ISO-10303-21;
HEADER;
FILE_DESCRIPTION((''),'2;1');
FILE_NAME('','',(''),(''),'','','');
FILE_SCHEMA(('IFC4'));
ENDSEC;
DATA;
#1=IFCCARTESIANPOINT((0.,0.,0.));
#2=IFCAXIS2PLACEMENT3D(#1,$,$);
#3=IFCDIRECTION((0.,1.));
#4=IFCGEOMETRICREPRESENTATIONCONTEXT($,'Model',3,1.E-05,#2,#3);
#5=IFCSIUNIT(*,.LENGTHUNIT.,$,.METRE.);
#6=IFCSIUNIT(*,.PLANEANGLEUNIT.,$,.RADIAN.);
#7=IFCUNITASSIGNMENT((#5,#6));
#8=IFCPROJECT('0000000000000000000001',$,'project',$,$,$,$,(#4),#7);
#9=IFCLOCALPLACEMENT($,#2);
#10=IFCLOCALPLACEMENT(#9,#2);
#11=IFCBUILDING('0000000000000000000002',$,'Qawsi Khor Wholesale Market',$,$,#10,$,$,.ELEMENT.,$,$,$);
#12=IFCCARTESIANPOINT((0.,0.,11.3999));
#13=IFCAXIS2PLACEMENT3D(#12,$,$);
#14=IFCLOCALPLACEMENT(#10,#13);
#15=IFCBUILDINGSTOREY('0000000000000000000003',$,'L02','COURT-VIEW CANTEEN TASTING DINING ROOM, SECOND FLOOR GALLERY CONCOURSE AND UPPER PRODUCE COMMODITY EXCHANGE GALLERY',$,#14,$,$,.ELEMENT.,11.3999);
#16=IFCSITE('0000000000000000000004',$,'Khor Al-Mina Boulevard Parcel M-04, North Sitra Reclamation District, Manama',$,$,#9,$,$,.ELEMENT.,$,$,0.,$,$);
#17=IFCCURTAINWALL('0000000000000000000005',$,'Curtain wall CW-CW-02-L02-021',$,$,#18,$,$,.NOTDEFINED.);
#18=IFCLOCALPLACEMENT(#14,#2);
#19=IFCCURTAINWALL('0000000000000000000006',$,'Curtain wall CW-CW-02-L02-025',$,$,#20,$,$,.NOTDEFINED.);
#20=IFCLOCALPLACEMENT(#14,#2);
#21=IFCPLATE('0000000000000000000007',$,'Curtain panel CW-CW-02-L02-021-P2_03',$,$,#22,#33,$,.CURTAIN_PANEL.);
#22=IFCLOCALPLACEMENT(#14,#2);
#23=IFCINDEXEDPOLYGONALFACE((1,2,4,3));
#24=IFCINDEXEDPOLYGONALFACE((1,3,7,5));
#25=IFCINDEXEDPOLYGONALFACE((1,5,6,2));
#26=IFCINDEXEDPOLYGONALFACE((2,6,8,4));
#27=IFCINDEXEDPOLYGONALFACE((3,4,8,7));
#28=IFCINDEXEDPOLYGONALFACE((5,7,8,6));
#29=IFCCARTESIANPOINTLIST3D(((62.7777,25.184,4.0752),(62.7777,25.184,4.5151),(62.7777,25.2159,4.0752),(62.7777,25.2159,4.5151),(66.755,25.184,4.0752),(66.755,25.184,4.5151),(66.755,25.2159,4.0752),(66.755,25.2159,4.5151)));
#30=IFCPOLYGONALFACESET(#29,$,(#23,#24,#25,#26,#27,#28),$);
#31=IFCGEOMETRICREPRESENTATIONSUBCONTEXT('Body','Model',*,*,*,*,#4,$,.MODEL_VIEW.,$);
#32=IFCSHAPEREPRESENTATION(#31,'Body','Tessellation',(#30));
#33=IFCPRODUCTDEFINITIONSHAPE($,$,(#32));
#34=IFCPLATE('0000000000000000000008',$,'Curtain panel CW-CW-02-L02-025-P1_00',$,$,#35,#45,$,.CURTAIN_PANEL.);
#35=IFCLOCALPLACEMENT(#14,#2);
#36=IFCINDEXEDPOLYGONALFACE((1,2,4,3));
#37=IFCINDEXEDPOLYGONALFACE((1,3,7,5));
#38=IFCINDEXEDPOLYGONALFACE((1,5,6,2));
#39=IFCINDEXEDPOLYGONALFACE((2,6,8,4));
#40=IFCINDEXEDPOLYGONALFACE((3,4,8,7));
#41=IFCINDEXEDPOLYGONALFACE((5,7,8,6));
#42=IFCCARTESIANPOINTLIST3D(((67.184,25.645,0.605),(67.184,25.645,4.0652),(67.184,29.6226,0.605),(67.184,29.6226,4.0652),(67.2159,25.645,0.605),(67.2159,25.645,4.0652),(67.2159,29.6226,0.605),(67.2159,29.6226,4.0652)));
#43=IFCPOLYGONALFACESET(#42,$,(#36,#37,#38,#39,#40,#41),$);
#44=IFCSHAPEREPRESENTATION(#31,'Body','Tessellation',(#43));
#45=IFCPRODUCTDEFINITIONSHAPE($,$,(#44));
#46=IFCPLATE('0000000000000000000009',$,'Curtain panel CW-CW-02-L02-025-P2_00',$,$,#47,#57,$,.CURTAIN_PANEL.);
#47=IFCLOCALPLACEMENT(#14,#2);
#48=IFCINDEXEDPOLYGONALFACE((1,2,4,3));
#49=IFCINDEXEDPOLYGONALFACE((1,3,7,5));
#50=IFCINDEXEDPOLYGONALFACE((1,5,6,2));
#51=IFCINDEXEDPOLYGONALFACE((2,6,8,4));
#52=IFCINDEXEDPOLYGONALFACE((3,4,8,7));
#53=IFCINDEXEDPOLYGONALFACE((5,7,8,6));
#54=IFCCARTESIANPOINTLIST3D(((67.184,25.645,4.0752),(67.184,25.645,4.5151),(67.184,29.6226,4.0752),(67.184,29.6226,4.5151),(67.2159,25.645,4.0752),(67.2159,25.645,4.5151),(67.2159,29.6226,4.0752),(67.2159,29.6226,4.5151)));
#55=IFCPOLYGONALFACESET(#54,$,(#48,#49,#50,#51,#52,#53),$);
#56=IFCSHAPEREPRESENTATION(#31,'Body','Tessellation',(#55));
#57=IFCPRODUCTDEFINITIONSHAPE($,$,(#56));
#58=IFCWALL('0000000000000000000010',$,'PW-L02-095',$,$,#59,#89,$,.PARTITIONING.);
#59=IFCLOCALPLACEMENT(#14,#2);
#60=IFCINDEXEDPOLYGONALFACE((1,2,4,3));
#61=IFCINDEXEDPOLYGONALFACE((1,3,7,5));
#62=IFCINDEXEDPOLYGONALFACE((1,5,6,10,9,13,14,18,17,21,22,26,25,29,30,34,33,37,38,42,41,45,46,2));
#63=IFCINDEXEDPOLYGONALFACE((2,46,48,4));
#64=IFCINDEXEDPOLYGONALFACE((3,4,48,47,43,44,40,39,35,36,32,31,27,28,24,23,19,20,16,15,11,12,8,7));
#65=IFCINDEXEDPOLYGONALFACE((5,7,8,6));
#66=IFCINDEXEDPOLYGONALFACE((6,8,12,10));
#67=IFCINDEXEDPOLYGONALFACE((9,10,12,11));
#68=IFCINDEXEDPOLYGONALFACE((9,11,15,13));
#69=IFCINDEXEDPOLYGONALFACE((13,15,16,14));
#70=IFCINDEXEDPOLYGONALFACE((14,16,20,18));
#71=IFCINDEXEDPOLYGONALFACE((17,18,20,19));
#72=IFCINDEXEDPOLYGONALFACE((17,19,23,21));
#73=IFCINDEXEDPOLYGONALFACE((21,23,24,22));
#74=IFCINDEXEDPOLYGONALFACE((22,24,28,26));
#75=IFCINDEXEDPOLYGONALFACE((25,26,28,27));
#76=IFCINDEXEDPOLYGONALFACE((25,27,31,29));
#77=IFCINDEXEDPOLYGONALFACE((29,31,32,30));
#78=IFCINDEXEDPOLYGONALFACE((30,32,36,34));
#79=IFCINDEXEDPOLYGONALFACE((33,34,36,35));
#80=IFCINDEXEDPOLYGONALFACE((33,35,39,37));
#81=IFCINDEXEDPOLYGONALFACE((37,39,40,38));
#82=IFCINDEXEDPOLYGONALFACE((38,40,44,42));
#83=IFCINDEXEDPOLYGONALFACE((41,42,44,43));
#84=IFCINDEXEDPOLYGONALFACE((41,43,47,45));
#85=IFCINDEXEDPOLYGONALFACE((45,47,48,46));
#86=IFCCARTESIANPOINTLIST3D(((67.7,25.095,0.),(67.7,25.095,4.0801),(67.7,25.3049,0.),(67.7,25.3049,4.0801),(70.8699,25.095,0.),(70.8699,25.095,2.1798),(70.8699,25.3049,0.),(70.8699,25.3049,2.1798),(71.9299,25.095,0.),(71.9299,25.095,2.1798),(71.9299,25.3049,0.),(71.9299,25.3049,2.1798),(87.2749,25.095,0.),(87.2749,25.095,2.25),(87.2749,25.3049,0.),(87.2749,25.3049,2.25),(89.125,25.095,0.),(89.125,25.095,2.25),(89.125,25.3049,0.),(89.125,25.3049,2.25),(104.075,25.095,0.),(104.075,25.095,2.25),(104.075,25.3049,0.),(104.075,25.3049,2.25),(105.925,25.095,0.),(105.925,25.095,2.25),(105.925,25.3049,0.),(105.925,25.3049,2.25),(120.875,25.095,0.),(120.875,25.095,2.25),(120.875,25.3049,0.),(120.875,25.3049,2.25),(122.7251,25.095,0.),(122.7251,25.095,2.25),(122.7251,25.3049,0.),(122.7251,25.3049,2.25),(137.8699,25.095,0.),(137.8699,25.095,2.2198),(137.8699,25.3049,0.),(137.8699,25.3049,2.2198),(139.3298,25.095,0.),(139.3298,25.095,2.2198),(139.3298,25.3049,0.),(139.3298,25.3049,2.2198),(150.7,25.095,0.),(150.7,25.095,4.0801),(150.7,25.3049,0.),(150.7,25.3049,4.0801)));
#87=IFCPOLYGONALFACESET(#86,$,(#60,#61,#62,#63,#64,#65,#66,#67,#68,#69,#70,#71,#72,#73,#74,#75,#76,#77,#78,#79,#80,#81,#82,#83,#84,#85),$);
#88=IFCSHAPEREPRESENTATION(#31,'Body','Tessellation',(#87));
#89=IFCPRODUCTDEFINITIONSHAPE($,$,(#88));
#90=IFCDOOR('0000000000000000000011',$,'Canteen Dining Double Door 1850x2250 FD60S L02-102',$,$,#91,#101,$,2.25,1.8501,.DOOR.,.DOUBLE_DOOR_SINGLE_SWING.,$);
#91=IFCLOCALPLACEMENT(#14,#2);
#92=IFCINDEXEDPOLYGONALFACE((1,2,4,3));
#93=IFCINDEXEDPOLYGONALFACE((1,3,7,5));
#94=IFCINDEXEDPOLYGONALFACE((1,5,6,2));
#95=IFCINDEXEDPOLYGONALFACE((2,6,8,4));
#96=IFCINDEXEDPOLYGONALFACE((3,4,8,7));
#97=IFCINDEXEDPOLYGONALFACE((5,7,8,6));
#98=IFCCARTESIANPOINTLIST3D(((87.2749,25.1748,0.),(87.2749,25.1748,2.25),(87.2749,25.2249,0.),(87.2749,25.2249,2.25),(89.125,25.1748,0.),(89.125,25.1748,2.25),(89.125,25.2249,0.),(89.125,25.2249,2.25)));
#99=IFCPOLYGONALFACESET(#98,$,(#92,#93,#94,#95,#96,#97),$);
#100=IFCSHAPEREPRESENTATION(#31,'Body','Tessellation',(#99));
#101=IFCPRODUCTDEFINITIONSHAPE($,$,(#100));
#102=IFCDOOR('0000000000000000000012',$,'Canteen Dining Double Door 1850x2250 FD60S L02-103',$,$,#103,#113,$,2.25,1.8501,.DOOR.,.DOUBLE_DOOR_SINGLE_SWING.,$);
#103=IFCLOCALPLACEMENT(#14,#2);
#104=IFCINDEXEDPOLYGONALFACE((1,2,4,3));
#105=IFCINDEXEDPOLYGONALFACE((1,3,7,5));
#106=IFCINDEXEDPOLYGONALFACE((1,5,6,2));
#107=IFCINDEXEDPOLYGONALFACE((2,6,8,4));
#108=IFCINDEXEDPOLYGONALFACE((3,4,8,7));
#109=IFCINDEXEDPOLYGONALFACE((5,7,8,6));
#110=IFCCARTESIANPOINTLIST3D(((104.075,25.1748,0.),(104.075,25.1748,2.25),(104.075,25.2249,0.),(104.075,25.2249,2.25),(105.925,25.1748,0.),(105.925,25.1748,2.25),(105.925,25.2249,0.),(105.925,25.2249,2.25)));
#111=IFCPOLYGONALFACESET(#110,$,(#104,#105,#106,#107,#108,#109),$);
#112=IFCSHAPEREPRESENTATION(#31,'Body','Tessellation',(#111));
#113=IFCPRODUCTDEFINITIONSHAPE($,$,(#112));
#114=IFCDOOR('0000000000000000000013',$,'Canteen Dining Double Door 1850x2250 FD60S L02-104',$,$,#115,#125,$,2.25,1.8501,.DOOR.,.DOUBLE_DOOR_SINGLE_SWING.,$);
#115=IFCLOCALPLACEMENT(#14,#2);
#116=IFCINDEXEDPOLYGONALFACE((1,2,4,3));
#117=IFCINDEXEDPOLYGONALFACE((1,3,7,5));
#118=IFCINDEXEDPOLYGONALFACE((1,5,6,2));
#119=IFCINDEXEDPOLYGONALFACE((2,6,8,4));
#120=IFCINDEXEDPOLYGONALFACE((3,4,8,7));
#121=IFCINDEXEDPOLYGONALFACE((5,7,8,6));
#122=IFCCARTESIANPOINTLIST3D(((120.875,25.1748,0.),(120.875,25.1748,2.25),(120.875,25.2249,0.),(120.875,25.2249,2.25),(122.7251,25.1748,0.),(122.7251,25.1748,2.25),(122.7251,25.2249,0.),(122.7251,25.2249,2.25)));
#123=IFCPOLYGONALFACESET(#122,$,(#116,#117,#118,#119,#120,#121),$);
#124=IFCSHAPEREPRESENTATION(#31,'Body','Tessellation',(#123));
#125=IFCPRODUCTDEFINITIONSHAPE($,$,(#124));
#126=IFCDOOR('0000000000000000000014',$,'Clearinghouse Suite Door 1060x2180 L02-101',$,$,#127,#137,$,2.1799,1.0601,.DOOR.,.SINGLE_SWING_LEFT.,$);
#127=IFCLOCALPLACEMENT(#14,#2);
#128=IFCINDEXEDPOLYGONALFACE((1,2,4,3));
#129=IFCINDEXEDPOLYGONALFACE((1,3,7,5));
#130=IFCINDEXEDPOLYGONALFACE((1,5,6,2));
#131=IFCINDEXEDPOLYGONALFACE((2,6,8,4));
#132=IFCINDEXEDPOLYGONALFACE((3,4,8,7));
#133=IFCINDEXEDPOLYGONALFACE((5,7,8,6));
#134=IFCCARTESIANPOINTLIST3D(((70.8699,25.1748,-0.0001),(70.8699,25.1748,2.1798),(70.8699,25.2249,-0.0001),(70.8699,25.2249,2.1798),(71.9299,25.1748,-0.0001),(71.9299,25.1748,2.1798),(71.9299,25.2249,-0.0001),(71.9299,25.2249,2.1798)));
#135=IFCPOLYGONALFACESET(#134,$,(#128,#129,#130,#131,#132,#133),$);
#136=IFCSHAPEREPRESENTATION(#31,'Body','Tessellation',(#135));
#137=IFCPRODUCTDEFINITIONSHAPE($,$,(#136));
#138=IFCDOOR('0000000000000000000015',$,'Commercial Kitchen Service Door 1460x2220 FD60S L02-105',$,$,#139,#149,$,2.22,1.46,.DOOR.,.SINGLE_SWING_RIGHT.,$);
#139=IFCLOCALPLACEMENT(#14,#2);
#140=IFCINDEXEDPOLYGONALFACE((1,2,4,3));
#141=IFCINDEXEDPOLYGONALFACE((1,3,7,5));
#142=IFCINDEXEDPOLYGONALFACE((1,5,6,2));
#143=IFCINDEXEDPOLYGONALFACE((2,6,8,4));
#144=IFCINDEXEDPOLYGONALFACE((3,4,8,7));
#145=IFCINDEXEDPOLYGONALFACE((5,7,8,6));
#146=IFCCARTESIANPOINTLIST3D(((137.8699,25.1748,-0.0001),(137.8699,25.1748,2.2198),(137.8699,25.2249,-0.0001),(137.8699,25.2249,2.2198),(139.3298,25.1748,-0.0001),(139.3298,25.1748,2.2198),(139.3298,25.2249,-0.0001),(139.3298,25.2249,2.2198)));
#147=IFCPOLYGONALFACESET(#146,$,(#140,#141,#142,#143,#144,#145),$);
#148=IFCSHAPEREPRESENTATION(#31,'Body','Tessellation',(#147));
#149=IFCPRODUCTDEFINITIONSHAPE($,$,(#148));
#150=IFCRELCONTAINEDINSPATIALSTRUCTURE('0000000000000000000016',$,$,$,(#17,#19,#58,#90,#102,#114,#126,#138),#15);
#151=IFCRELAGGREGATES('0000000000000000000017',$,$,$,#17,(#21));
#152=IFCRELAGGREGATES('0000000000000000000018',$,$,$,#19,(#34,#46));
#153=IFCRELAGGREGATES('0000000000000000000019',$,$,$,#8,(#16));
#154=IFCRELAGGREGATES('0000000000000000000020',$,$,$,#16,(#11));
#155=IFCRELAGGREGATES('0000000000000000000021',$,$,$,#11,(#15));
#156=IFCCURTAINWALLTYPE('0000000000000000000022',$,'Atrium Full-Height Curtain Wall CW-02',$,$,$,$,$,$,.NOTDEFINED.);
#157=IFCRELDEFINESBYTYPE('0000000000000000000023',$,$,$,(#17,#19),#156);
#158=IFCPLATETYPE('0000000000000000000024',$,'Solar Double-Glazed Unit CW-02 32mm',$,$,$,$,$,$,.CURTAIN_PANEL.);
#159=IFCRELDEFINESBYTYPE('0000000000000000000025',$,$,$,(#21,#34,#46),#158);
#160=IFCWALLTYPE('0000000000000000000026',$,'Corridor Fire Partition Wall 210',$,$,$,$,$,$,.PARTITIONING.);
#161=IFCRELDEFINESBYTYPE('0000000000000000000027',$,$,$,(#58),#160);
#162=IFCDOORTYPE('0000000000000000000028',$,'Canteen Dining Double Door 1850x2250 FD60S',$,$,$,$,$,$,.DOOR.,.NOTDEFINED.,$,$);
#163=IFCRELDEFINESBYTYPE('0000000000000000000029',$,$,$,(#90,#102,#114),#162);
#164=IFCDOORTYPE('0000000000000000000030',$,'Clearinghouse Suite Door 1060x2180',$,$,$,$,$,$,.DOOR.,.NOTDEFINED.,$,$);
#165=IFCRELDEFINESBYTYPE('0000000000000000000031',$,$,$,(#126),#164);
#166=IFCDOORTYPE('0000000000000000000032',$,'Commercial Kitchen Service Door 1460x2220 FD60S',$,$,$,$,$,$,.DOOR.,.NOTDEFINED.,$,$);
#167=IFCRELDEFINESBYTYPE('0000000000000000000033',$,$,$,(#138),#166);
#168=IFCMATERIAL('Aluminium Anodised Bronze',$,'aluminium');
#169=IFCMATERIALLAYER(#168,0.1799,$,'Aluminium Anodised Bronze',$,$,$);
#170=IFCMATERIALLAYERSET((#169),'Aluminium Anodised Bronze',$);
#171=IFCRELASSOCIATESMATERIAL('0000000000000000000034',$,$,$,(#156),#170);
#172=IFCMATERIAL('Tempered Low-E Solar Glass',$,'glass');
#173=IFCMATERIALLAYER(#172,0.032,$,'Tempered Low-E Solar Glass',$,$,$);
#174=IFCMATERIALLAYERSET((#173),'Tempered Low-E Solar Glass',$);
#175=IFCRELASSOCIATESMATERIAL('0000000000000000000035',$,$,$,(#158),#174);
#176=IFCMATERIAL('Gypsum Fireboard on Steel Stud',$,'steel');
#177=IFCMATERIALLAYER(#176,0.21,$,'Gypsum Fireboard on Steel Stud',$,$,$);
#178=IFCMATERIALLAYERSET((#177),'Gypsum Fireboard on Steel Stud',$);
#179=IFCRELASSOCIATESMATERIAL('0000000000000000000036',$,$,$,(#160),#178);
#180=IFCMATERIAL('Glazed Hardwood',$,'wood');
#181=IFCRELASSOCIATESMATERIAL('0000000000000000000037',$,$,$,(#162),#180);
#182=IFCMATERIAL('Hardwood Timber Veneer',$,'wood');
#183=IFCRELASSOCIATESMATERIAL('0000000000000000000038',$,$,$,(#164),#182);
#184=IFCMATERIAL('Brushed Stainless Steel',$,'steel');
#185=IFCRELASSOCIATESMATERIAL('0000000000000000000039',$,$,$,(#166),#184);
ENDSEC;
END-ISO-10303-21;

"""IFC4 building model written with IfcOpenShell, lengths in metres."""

from ifc_helpers import new_model, si_unit, direction, frame, frame_2d, origin, place, context, subcontext, project, spatial, rectangle, extrude, material, layer, layer_set, type_object, element, fill, aggregate, save


model = new_model("IFC4")

# Units and contexts
model_context = context("Model", 3, precision=1e-05, world=origin(), true_north=direction((0.0, 1.0)))
body_context = subcontext(model_context, "Body", "Model", "MODEL_VIEW")
ifc_project = project(units=[si_unit("LENGTHUNIT", "METRE"), si_unit("PLANEANGLEUNIT", "RADIAN")], contexts=[model_context])

# Site, building, storey
site_placement = place(None, origin())
site = spatial("IfcSite", under=ifc_project, at=site_placement, Name="Khor Al-Mina Boulevard Parcel M-04, North Sitra Reclamation District, Manama", CompositionType="ELEMENT", RefElevation=0.0)
building_placement = place(site_placement, origin())
building = spatial("IfcBuilding", under=site, at=building_placement, Name="Qawsi Khor Wholesale Market", CompositionType="ELEMENT")
storey_placement = place(building_placement, frame((0.0, 0.0, 11.3999)))
storey = spatial("IfcBuildingStorey", under=building, at=storey_placement, Name="L02", Description="COURT-VIEW CANTEEN TASTING DINING ROOM, SECOND FLOOR GALLERY CONCOURSE AND UPPER PRODUCE COMMODITY EXCHANGE GALLERY", CompositionType="ELEMENT", Elevation=11.3999)

# Curtain wall
ifc_material_1 = material(Name="Aluminium Anodised Bronze", Category="aluminium")
ifc_layer_1 = layer(ifc_material_1, 0.1799, Name="Aluminium Anodised Bronze")
ifc_layer_set_1 = layer_set([ifc_layer_1], Name="Aluminium Anodised Bronze")
curtain_wall_type = type_object("IfcCurtainWallType", Name="Atrium Full-Height Curtain Wall CW-02", PredefinedType="NOTDEFINED", material=ifc_layer_set_1)
curtain_wall_1_placement = place(storey_placement, origin())
curtain_wall_1 = element("IfcCurtainWall", 1, at=curtain_wall_1_placement, inside=storey, type_object=curtain_wall_type, Name="Curtain wall CW-CW-02-L02-021", PredefinedType="NOTDEFINED")

# Curtain wall
curtain_wall_2_placement = place(storey_placement, origin())
curtain_wall_2 = element("IfcCurtainWall", 2, at=curtain_wall_2_placement, inside=storey, type_object=curtain_wall_type, Name="Curtain wall CW-CW-02-L02-025", PredefinedType="NOTDEFINED")

# Plates
ifc_material_2 = material(Name="Tempered Low-E Solar Glass", Category="glass")
ifc_layer_2 = layer(ifc_material_2, 0.032, Name="Tempered Low-E Solar Glass")
ifc_layer_set_2 = layer_set([ifc_layer_2], Name="Tempered Low-E Solar Glass")
plate_type_1 = type_object("IfcPlateType", Name="Solar Double-Glazed Unit CW-02 32mm", PredefinedType="CURTAIN_PANEL", material=ifc_layer_set_2)
plate_1_placement = place(storey_placement, frame((62.7776, 25.2, 4.0752), z_axis=(0.0, 0.0, 1.0), x_axis=(1.0, 0.0, 0.0)))
plate_1 = element("IfcPlate", 3, at=plate_1_placement, type_object=plate_type_1, Name="Curtain panel CW-CW-02-L02-021-P2_03", PredefinedType="CURTAIN_PANEL", context=body_context, shape_type="SweptSolid", body=[
    extrude(rectangle(XDim=3.9773, YDim=0.032, at=frame_2d((1.9888, 0.0))), origin(), (0.0, 0.0, 1.0), 0.4399),
])
aggregate(curtain_wall_1, [plate_1])
plate_2_placement = place(storey_placement, frame((67.2, 25.645, 0.605), z_axis=(0.0, 0.0, 1.0), x_axis=(0.0, 1.0, 0.0)))
plate_2 = element("IfcPlate", 4, at=plate_2_placement, type_object=plate_type_1, Name="Curtain panel CW-CW-02-L02-025-P1_00", PredefinedType="CURTAIN_PANEL", context=body_context, shape_type="SweptSolid", body=[
    extrude(rectangle(XDim=3.9775, YDim=0.032, at=frame_2d((1.9888, 0.0))), origin(), (0.0, 0.0, 1.0), 3.4602),
])
plate_3_placement = place(storey_placement, frame((67.2, 25.645, 4.0752), z_axis=(0.0, 0.0, 1.0), x_axis=(0.0, 1.0, 0.0)))
plate_3 = element("IfcPlate", 5, at=plate_3_placement, type_object=plate_type_1, Name="Curtain panel CW-CW-02-L02-025-P2_00", PredefinedType="CURTAIN_PANEL", context=body_context, shape_type="SweptSolid", body=[
    extrude(rectangle(XDim=3.9775, YDim=0.032, at=frame_2d((1.9888, 0.0))), origin(), (0.0, 0.0, 1.0), 0.4399),
])
aggregate(curtain_wall_2, [plate_2, plate_3])

# Wall, openings, doors
ifc_material_3 = material(Name="Gypsum Fireboard on Steel Stud", Category="steel")
ifc_layer_3 = layer(ifc_material_3, 0.21, Name="Gypsum Fireboard on Steel Stud")
ifc_layer_set_3 = layer_set([ifc_layer_3], Name="Gypsum Fireboard on Steel Stud")
wall_type = type_object("IfcWallType", Name="Corridor Fire Partition Wall 210", PredefinedType="PARTITIONING", material=ifc_layer_set_3)
wall_placement = place(storey_placement, frame((67.7, 25.2, 0.0), z_axis=(0.0, 0.0, 1.0), x_axis=(1.0, 0.0, 0.0)))
wall = element("IfcWall", 6, at=wall_placement, inside=storey, type_object=wall_type, Name="PW-L02-095", PredefinedType="PARTITIONING", context=body_context, shape_type="SweptSolid", body=[
    extrude(rectangle(XDim=83.0, YDim=0.21, at=frame_2d((41.5, 0.0))), origin(), (0.0, 0.0, 1.0), 4.0801),
])
opening_1_placement = place(wall_placement, frame((3.1699, 0.0, 0.0)))
opening_1 = element("IfcOpeningElement", 7, at=opening_1_placement, cuts=wall, PredefinedType="OPENING", context=body_context, shape_type="SweptSolid", body=[
    extrude(rectangle(XDim=1.0601, YDim=2.1799, at=frame_2d((0.53, 1.0898))), frame((0.0, 0.115, 0.0), z_axis=(0.0, -1.0, 0.0), x_axis=(1.0, 0.0, 0.0)), (0.0, 0.0, 1.0), 0.23),
])
opening_2_placement = place(wall_placement, frame((19.575, 0.0, 0.0)))
opening_2 = element("IfcOpeningElement", 8, at=opening_2_placement, cuts=wall, PredefinedType="OPENING", context=body_context, shape_type="SweptSolid", body=[
    extrude(rectangle(XDim=1.8501, YDim=2.25, at=frame_2d((0.925, 1.125))), frame((0.0, 0.115, 0.0), z_axis=(0.0, -1.0, 0.0), x_axis=(1.0, 0.0, 0.0)), (0.0, 0.0, 1.0), 0.23),
])
opening_3_placement = place(wall_placement, frame((36.375, 0.0, 0.0)))
opening_3 = element("IfcOpeningElement", 9, at=opening_3_placement, cuts=wall, PredefinedType="OPENING", context=body_context, shape_type="SweptSolid", body=[
    extrude(rectangle(XDim=1.8501, YDim=2.25, at=frame_2d((0.925, 1.125))), frame((0.0, 0.115, 0.0), z_axis=(0.0, -1.0, 0.0), x_axis=(1.0, 0.0, 0.0)), (0.0, 0.0, 1.0), 0.23),
])
opening_4_placement = place(wall_placement, frame((53.175, 0.0, 0.0)))
opening_4 = element("IfcOpeningElement", 10, at=opening_4_placement, cuts=wall, PredefinedType="OPENING", context=body_context, shape_type="SweptSolid", body=[
    extrude(rectangle(XDim=1.8501, YDim=2.25, at=frame_2d((0.925, 1.125))), frame((0.0, 0.115, 0.0), z_axis=(0.0, -1.0, 0.0), x_axis=(1.0, 0.0, 0.0)), (0.0, 0.0, 1.0), 0.23),
])
opening_5_placement = place(wall_placement, frame((70.1699, 0.0, 0.0)))
opening_5 = element("IfcOpeningElement", 11, at=opening_5_placement, cuts=wall, PredefinedType="OPENING", context=body_context, shape_type="SweptSolid", body=[
    extrude(rectangle(XDim=1.46, YDim=2.22, at=frame_2d((0.73, 1.1099))), frame((0.0, 0.115, 0.0), z_axis=(0.0, -1.0, 0.0), x_axis=(1.0, 0.0, 0.0)), (0.0, 0.0, 1.0), 0.23),
])
ifc_material_4 = material(Name="Glazed Hardwood", Category="wood")
door_type_1 = type_object("IfcDoorType", Name="Canteen Dining Double Door 1850x2250 FD60S", OperationType="NOTDEFINED", PredefinedType="DOOR", material=ifc_material_4)
door_1_placement = place(opening_2_placement, origin())
door_1 = element("IfcDoor", 12, at=door_1_placement, inside=storey, type_object=door_type_1, Name="Canteen Dining Double Door 1850x2250 FD60S L02-102", OperationType="DOUBLE_DOOR_SINGLE_SWING", OverallHeight=2.25, OverallWidth=1.8501, PredefinedType="DOOR", context=body_context, shape_type="SweptSolid", body=[
    extrude(rectangle(XDim=1.8501, YDim=2.25, at=frame_2d((0.925, 1.125))), frame((0.0, 0.0249, 0.0), z_axis=(0.0, -1.0, 0.0), x_axis=(1.0, 0.0, 0.0)), (0.0, 0.0, 1.0), 0.05),
])
fill(opening_2, door_1)
door_2_placement = place(opening_3_placement, origin())
door_2 = element("IfcDoor", 13, at=door_2_placement, inside=storey, type_object=door_type_1, Name="Canteen Dining Double Door 1850x2250 FD60S L02-103", OperationType="DOUBLE_DOOR_SINGLE_SWING", OverallHeight=2.25, OverallWidth=1.8501, PredefinedType="DOOR", context=body_context, shape_type="SweptSolid", body=[
    extrude(rectangle(XDim=1.8501, YDim=2.25, at=frame_2d((0.925, 1.125))), frame((0.0, 0.0249, 0.0), z_axis=(0.0, -1.0, 0.0), x_axis=(1.0, 0.0, 0.0)), (0.0, 0.0, 1.0), 0.05),
])
fill(opening_3, door_2)
door_3_placement = place(opening_4_placement, origin())
door_3 = element("IfcDoor", 14, at=door_3_placement, inside=storey, type_object=door_type_1, Name="Canteen Dining Double Door 1850x2250 FD60S L02-104", OperationType="DOUBLE_DOOR_SINGLE_SWING", OverallHeight=2.25, OverallWidth=1.8501, PredefinedType="DOOR", context=body_context, shape_type="SweptSolid", body=[
    extrude(rectangle(XDim=1.8501, YDim=2.25, at=frame_2d((0.925, 1.125))), frame((0.0, 0.0249, 0.0), z_axis=(0.0, -1.0, 0.0), x_axis=(1.0, 0.0, 0.0)), (0.0, 0.0, 1.0), 0.05),
])
fill(opening_4, door_3)
ifc_material_5 = material(Name="Hardwood Timber Veneer", Category="wood")
door_type_2 = type_object("IfcDoorType", Name="Clearinghouse Suite Door 1060x2180", OperationType="NOTDEFINED", PredefinedType="DOOR", material=ifc_material_5)
door_4_placement = place(opening_1_placement, origin())
door_4 = element("IfcDoor", 15, at=door_4_placement, inside=storey, type_object=door_type_2, Name="Clearinghouse Suite Door 1060x2180 L02-101", OperationType="SINGLE_SWING_LEFT", OverallHeight=2.1799, OverallWidth=1.0601, PredefinedType="DOOR", context=body_context, shape_type="SweptSolid", body=[
    extrude(rectangle(XDim=1.0601, YDim=2.1799, at=frame_2d((0.53, 1.0898))), frame((0.0, 0.0249, 0.0), z_axis=(0.0, -1.0, 0.0), x_axis=(1.0, 0.0, 0.0)), (0.0, 0.0, 1.0), 0.05),
])
fill(opening_1, door_4)
ifc_material_6 = material(Name="Brushed Stainless Steel", Category="steel")
door_type_3 = type_object("IfcDoorType", Name="Commercial Kitchen Service Door 1460x2220 FD60S", OperationType="NOTDEFINED", PredefinedType="DOOR", material=ifc_material_6)
door_5_placement = place(opening_5_placement, origin())
door_5 = element("IfcDoor", 16, at=door_5_placement, inside=storey, type_object=door_type_3, Name="Commercial Kitchen Service Door 1460x2220 FD60S L02-105", OperationType="SINGLE_SWING_RIGHT", OverallHeight=2.22, OverallWidth=1.46, PredefinedType="DOOR", context=body_context, shape_type="SweptSolid", body=[
    extrude(rectangle(XDim=1.46, YDim=2.22, at=frame_2d((0.73, 1.1099))), frame((0.0, 0.0249, 0.0), z_axis=(0.0, -1.0, 0.0), x_axis=(1.0, 0.0, 0.0)), (0.0, 0.0, 1.0), 0.05),
])
fill(opening_5, door_5)

save(model, "model.ifc")
